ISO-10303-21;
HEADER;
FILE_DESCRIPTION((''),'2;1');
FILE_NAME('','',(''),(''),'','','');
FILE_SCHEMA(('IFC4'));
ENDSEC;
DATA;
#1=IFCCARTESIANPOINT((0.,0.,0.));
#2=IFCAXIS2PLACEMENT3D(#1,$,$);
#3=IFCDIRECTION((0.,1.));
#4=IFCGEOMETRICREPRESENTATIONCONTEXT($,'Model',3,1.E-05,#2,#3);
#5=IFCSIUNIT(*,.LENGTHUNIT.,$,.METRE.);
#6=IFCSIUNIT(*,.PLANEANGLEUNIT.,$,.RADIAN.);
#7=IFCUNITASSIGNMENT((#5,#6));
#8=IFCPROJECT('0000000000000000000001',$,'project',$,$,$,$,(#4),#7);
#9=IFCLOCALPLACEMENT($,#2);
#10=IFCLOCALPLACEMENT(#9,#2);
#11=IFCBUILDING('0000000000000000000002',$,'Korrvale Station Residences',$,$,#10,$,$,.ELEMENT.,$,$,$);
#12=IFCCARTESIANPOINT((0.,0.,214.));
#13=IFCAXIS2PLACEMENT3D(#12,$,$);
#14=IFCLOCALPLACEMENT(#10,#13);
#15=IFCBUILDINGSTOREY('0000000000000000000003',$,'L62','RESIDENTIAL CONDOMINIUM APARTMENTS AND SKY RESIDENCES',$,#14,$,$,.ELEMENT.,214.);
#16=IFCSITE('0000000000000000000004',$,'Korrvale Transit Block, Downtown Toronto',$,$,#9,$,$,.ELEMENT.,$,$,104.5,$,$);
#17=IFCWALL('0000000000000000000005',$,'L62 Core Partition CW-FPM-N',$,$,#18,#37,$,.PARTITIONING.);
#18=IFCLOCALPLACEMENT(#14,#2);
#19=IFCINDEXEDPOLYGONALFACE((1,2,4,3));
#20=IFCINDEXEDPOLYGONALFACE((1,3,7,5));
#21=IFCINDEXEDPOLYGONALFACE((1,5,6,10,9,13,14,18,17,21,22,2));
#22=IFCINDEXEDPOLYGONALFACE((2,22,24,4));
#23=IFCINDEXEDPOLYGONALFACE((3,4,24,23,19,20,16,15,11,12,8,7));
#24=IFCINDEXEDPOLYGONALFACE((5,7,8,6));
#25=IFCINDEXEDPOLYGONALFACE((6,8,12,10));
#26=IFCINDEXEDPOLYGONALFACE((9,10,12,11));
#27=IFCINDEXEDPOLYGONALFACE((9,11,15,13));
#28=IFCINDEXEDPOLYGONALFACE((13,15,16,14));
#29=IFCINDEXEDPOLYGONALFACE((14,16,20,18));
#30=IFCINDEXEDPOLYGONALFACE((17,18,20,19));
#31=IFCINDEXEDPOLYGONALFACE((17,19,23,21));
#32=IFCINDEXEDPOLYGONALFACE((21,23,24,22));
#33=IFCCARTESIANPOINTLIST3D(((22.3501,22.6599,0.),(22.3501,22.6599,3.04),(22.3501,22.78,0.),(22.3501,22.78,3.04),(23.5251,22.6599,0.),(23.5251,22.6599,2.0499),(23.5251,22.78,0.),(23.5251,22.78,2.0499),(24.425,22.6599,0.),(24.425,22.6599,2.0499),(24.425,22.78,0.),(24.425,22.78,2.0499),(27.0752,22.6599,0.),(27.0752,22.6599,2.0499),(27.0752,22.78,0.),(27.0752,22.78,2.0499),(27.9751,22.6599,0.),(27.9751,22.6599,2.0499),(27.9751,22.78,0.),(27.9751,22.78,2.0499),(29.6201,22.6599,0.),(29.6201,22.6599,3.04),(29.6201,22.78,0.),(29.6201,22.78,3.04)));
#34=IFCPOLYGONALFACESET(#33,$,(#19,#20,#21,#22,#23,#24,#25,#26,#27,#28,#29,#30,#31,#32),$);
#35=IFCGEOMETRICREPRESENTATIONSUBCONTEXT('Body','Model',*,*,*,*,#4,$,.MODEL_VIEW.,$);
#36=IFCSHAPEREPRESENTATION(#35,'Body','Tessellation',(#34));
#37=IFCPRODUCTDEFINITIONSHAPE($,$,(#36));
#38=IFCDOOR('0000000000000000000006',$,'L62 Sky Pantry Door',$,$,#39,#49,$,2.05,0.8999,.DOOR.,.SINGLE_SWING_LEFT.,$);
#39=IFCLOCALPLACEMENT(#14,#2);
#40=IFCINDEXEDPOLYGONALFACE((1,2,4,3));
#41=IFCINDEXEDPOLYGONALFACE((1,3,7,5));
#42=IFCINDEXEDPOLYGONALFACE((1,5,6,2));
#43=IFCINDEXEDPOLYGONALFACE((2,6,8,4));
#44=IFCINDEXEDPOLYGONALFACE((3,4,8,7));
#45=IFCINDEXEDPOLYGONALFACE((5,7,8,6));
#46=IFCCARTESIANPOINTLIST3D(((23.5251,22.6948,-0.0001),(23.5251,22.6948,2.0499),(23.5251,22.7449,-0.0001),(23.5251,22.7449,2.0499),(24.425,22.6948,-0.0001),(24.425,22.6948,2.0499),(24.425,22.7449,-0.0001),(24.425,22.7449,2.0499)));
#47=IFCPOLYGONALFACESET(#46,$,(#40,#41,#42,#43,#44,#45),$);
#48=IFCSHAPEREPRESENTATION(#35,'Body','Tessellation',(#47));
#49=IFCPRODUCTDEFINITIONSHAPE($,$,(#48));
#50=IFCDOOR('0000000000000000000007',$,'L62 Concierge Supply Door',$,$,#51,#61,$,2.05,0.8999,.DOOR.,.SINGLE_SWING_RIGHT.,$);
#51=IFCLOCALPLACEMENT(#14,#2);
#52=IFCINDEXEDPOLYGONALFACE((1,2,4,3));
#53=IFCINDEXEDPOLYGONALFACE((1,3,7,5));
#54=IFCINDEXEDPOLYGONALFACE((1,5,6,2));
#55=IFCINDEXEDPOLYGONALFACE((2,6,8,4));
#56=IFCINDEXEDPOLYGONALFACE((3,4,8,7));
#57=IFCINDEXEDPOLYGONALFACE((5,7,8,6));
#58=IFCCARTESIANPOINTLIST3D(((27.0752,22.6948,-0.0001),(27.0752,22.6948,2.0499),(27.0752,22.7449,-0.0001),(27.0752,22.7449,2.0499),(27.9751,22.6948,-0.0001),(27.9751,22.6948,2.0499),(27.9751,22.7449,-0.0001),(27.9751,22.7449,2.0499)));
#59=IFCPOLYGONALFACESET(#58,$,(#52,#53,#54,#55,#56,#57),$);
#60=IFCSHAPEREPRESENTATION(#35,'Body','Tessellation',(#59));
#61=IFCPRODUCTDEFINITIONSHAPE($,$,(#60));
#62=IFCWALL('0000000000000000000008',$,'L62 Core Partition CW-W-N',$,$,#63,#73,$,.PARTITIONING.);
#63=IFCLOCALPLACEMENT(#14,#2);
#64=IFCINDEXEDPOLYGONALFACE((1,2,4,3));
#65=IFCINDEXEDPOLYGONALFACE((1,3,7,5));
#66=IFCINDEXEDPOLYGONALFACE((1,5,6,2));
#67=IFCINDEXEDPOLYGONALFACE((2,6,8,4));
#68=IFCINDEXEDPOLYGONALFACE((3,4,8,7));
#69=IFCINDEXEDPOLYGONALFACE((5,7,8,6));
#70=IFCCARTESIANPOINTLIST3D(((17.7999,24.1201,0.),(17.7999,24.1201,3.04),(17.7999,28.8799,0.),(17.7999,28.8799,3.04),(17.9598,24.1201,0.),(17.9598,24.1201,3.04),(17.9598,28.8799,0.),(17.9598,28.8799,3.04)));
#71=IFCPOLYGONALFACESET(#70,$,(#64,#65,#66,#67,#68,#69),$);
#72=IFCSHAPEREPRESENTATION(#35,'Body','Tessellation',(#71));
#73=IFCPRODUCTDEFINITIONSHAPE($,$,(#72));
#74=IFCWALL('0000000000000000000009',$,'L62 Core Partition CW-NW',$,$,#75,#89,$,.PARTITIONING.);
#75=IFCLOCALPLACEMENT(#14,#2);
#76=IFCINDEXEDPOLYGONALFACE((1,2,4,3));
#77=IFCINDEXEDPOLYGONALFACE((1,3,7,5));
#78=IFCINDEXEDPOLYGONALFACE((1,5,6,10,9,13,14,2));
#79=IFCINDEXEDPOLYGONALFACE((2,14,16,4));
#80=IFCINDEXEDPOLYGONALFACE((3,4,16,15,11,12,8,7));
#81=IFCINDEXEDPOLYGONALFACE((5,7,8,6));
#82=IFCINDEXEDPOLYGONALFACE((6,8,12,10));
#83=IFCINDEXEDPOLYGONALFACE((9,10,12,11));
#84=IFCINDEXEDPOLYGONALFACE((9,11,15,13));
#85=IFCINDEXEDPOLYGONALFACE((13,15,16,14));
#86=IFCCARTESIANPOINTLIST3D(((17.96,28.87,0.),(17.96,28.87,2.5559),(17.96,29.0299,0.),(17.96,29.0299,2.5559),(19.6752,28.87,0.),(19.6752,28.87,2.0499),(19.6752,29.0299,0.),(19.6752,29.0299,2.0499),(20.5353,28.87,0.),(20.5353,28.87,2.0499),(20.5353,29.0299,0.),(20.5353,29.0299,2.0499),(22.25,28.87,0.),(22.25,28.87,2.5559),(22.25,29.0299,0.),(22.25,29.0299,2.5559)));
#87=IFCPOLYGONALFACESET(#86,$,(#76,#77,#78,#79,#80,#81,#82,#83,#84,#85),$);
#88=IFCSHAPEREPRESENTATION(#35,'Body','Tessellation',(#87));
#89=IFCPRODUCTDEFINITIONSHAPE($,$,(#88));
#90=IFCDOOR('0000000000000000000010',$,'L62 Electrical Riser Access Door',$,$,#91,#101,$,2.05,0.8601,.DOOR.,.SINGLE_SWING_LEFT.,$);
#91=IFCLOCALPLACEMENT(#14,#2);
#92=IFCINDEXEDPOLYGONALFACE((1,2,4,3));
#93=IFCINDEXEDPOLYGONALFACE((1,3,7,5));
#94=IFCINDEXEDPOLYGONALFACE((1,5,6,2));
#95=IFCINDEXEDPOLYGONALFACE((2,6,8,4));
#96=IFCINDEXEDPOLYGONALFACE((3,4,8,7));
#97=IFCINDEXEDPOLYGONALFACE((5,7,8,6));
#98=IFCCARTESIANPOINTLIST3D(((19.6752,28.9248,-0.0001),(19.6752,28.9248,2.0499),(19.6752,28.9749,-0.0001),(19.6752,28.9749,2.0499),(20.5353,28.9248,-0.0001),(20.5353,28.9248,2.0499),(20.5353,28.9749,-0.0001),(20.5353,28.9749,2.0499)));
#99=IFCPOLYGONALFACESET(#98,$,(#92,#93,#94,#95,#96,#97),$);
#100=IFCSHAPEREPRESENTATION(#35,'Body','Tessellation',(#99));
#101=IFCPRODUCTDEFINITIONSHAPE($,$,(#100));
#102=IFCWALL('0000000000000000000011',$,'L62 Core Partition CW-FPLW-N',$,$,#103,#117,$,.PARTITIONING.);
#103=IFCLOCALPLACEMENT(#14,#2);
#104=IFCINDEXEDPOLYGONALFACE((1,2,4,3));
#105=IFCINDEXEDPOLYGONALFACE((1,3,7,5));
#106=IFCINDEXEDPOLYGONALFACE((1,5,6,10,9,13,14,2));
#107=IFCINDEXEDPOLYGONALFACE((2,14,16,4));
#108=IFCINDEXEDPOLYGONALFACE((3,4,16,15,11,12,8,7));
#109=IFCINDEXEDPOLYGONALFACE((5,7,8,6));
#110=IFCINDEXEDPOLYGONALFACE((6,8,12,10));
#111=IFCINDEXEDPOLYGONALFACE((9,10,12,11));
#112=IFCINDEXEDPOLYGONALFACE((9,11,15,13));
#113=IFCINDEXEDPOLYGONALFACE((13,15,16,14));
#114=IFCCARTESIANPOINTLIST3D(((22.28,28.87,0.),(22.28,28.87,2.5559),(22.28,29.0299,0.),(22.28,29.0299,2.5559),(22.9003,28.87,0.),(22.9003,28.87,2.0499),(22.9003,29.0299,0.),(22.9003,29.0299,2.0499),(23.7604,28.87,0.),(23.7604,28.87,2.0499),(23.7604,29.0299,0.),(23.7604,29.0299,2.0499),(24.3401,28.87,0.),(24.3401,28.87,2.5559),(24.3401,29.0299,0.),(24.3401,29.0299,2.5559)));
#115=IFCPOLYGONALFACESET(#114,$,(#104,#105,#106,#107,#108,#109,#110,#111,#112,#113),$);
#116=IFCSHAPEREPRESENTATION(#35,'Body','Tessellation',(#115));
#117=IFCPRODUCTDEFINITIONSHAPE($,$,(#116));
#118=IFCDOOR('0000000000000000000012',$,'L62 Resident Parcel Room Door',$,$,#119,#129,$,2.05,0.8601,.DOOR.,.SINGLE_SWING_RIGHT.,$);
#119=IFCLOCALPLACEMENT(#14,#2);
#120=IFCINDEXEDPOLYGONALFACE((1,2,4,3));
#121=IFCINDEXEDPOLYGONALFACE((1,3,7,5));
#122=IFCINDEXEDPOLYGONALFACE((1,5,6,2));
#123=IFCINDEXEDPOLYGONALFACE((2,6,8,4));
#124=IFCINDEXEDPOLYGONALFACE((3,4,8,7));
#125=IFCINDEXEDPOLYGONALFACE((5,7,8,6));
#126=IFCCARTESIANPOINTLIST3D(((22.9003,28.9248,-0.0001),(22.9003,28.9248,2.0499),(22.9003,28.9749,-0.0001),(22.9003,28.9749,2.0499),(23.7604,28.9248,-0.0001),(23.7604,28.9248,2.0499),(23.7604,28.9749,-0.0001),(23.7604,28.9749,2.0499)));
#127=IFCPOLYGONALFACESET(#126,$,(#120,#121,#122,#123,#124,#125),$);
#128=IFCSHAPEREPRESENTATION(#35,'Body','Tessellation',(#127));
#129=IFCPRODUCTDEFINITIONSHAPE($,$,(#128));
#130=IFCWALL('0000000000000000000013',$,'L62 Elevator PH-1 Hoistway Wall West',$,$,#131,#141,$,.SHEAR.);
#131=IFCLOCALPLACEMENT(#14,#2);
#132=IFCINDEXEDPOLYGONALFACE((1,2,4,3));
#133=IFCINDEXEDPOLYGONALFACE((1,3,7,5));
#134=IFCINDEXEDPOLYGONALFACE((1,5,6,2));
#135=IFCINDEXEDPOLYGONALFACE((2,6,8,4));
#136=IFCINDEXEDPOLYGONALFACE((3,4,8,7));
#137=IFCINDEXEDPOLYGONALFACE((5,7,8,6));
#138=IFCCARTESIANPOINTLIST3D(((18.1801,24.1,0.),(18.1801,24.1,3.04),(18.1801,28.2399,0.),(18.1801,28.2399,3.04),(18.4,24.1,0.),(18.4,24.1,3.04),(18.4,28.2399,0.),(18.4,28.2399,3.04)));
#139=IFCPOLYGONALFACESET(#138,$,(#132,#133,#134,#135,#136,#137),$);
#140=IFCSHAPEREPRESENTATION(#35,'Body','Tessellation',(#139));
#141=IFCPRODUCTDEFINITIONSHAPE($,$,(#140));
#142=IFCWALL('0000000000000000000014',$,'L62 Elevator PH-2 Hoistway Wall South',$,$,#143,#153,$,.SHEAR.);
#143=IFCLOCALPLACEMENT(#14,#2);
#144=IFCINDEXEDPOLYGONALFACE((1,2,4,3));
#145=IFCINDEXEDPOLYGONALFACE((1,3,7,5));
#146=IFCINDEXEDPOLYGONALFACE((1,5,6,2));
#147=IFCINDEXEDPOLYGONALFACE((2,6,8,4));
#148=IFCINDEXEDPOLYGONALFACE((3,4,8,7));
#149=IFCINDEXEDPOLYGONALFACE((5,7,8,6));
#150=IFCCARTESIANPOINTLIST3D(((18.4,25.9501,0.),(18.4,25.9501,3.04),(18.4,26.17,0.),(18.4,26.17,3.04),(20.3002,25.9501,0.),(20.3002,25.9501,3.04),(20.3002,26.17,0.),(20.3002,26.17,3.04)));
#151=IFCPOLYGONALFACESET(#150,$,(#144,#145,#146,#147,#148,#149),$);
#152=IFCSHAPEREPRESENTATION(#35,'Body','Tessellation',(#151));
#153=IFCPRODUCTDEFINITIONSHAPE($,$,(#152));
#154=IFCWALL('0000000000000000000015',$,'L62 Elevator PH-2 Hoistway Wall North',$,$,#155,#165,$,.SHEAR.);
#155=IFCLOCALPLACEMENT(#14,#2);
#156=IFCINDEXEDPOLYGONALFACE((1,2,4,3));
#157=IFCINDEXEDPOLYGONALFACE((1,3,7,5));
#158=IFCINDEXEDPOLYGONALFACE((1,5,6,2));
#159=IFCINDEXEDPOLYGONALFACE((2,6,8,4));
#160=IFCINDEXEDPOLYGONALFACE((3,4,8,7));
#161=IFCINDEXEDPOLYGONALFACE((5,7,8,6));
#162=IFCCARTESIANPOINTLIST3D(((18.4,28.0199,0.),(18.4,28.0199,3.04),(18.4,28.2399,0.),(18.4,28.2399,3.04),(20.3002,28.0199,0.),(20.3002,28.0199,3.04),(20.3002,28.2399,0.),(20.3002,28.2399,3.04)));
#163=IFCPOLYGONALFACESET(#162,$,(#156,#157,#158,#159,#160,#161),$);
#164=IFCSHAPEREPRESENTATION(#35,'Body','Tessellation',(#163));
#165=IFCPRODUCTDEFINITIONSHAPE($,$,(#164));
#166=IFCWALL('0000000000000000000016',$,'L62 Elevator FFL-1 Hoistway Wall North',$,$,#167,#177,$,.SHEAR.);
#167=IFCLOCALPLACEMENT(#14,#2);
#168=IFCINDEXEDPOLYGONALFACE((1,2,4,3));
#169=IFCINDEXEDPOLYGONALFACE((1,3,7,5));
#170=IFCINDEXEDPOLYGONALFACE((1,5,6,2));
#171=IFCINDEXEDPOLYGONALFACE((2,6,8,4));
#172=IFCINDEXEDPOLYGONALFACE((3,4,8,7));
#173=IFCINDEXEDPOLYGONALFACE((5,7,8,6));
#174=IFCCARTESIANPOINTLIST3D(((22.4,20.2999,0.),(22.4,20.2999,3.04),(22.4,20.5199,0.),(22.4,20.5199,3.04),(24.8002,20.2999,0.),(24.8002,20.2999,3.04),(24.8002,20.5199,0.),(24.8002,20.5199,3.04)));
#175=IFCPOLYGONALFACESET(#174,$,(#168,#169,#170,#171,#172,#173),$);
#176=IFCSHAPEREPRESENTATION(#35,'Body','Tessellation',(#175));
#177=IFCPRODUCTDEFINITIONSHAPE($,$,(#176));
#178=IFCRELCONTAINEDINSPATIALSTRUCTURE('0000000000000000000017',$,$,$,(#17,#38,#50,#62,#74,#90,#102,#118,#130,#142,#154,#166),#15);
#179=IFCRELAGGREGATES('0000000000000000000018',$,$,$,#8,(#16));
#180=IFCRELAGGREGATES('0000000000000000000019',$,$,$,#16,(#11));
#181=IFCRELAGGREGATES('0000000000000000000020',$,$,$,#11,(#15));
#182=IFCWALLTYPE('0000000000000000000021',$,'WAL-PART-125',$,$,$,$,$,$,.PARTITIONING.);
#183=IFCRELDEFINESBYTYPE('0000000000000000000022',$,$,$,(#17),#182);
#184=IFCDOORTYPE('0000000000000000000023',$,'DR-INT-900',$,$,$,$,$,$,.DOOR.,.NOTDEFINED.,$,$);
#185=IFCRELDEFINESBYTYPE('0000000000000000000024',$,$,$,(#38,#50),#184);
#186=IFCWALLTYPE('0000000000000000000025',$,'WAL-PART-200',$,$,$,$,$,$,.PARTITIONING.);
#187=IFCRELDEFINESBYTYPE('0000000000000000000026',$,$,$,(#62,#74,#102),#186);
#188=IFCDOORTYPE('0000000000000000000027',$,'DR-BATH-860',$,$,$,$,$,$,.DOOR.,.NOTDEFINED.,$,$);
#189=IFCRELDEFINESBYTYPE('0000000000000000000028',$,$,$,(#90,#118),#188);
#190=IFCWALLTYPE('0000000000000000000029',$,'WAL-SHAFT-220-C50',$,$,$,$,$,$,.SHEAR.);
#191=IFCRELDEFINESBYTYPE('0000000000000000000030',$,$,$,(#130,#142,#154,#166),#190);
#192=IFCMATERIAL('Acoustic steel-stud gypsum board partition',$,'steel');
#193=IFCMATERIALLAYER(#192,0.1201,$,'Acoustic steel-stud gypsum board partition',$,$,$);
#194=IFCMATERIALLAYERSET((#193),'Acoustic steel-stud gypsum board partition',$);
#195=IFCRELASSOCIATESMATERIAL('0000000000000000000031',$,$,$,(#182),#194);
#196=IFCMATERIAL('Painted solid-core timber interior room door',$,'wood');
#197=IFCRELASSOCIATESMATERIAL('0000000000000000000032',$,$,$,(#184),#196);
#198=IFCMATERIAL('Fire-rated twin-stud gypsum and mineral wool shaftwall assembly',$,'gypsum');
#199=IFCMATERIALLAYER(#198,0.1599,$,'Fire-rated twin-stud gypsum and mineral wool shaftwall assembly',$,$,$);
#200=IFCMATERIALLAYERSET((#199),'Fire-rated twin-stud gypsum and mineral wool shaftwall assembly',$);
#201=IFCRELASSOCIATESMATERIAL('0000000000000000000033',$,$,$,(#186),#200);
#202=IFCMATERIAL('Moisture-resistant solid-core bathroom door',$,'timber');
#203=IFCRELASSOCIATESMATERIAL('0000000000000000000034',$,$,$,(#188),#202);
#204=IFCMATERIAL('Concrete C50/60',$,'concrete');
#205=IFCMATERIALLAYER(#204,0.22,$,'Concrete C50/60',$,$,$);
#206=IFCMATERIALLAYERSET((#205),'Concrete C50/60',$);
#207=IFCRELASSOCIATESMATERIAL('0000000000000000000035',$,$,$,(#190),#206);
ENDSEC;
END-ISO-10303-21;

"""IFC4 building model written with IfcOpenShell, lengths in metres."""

from ifc_helpers import new_model, si_unit, direction, frame, frame_2d, origin, place, context, subcontext, project, spatial, rectangle, extrude, material, layer, layer_set, type_object, element, fill, save


model = new_model("IFC4")

# Units and contexts
model_context = context("Model", 3, precision=1e-05, world=origin(), true_north=direction((0.0, 1.0)))
body_context = subcontext(model_context, "Body", "Model", "MODEL_VIEW")
ifc_project = project(units=[si_unit("LENGTHUNIT", "METRE"), si_unit("PLANEANGLEUNIT", "RADIAN")], contexts=[model_context])

# Site, building, storey
site_placement = place(None, origin())
site = spatial("IfcSite", under=ifc_project, at=site_placement, Name="Korrvale Transit Block, Downtown Toronto", CompositionType="ELEMENT", RefElevation=104.5)
building_placement = place(site_placement, origin())
building = spatial("IfcBuilding", under=site, at=building_placement, Name="Korrvale Station Residences", CompositionType="ELEMENT")
storey_placement = place(building_placement, frame((0.0, 0.0, 214.0)))
storey = spatial("IfcBuildingStorey", under=building, at=storey_placement, Name="L62", Description="RESIDENTIAL CONDOMINIUM APARTMENTS AND SKY RESIDENCES", CompositionType="ELEMENT", Elevation=214.0)

# Shared definitions
ifc_material_1 = material(Name="Concrete C50/60", Category="concrete")

# Shared definitions
ifc_material_2 = material(Name="Acoustic steel-stud gypsum board partition", Category="steel")
ifc_layer_1 = layer(ifc_material_2, 0.1201, Name="Acoustic steel-stud gypsum board partition")
ifc_layer_set_1 = layer_set([ifc_layer_1], Name="Acoustic steel-stud gypsum board partition")
wall_type_1 = type_object("IfcWallType", Name="WAL-PART-125", PredefinedType="PARTITIONING", material=ifc_layer_set_1)

# Wall, openings, doors
wall_1_placement = place(storey_placement, frame((22.3501, 22.72, 0.0), z_axis=(0.0, 0.0, 1.0), x_axis=(1.0, 0.0, 0.0)))
wall_1 = element("IfcWall", 1, at=wall_1_placement, inside=storey, type_object=wall_type_1, Name="L62 Core Partition CW-FPM-N", PredefinedType="PARTITIONING", context=body_context, shape_type="SweptSolid", body=[
    extrude(rectangle(XDim=7.27, YDim=0.1201, at=frame_2d((3.635, 0.0))), origin(), (0.0, 0.0, 1.0), 3.04),
])
opening_1_placement = place(wall_1_placement, frame((1.175, 0.0, 0.0)))
opening_1 = element("IfcOpeningElement", 2, at=opening_1_placement, cuts=wall_1, PredefinedType="OPENING", context=body_context, shape_type="SweptSolid", body=[
    extrude(rectangle(XDim=0.8999, YDim=2.05, at=frame_2d((0.45, 1.0249))), frame((0.0, 0.0701, 0.0), z_axis=(0.0, -1.0, 0.0), x_axis=(1.0, 0.0, 0.0)), (0.0, 0.0, 1.0), 0.1401),
])
opening_2_placement = place(wall_1_placement, frame((4.7251, 0.0, 0.0)))
opening_2 = element("IfcOpeningElement", 3, at=opening_2_placement, cuts=wall_1, PredefinedType="OPENING", context=body_context, shape_type="SweptSolid", body=[
    extrude(rectangle(XDim=0.8999, YDim=2.05, at=frame_2d((0.45, 1.0249))), frame((0.0, 0.0701, 0.0), z_axis=(0.0, -1.0, 0.0), x_axis=(1.0, 0.0, 0.0)), (0.0, 0.0, 1.0), 0.1401),
])
ifc_material_3 = material(Name="Painted solid-core timber interior room door", Category="wood")
door_type_1 = type_object("IfcDoorType", Name="DR-INT-900", OperationType="NOTDEFINED", PredefinedType="DOOR", material=ifc_material_3)
door_1_placement = place(opening_1_placement, origin())
door_1 = element("IfcDoor", 4, at=door_1_placement, inside=storey, type_object=door_type_1, Name="L62 Sky Pantry Door", OperationType="SINGLE_SWING_LEFT", OverallHeight=2.05, OverallWidth=0.8999, PredefinedType="DOOR", context=body_context, shape_type="SweptSolid", body=[
    extrude(rectangle(XDim=0.8999, YDim=2.05, at=frame_2d((0.45, 1.0249))), frame((0.0, 0.0249, 0.0), z_axis=(0.0, -1.0, 0.0), x_axis=(1.0, 0.0, 0.0)), (0.0, 0.0, 1.0), 0.05),
])
fill(opening_1, door_1)
door_2_placement = place(opening_2_placement, origin())
door_2 = element("IfcDoor", 5, at=door_2_placement, inside=storey, type_object=door_type_1, Name="L62 Concierge Supply Door", OperationType="SINGLE_SWING_RIGHT", OverallHeight=2.05, OverallWidth=0.8999, PredefinedType="DOOR", context=body_context, shape_type="SweptSolid", body=[
    extrude(rectangle(XDim=0.8999, YDim=2.05, at=frame_2d((0.45, 1.0249))), frame((0.0, 0.0249, 0.0), z_axis=(0.0, -1.0, 0.0), x_axis=(1.0, 0.0, 0.0)), (0.0, 0.0, 1.0), 0.05),
])
fill(opening_2, door_2)

# Wall
ifc_material_4 = material(Name="Fire-rated twin-stud gypsum and mineral wool shaftwall assembly", Category="gypsum")
ifc_layer_2 = layer(ifc_material_4, 0.1599, Name="Fire-rated twin-stud gypsum and mineral wool shaftwall assembly")
ifc_layer_set_2 = layer_set([ifc_layer_2], Name="Fire-rated twin-stud gypsum and mineral wool shaftwall assembly")
wall_type_2 = type_object("IfcWallType", Name="WAL-PART-200", PredefinedType="PARTITIONING", material=ifc_layer_set_2)
wall_2_placement = place(storey_placement, frame((17.8799, 24.1201, 0.0), z_axis=(0.0, 0.0, 1.0), x_axis=(0.0, 1.0, 0.0)))
element("IfcWall", 6, at=wall_2_placement, inside=storey, type_object=wall_type_2, Name="L62 Core Partition CW-W-N", PredefinedType="PARTITIONING", context=body_context, shape_type="SweptSolid", body=[
    extrude(rectangle(XDim=4.7598, YDim=0.1599, at=frame_2d((2.3799, 0.0))), origin(), (0.0, 0.0, 1.0), 3.04),
])

# Walls, openings, doors
wall_3_placement = place(storey_placement, frame((17.96, 28.95, 0.0), z_axis=(0.0, 0.0, 1.0), x_axis=(1.0, 0.0, 0.0)))
wall_3 = element("IfcWall", 7, at=wall_3_placement, inside=storey, type_object=wall_type_2, Name="L62 Core Partition CW-NW", PredefinedType="PARTITIONING", context=body_context, shape_type="SweptSolid", body=[
    extrude(rectangle(XDim=4.29, YDim=0.1599, at=frame_2d((2.145, 0.0))), origin(), (0.0, 0.0, 1.0), 2.5559),
])
opening_3_placement = place(wall_3_placement, frame((1.7151, 0.0, 0.0)))
opening_3 = element("IfcOpeningElement", 8, at=opening_3_placement, cuts=wall_3, PredefinedType="OPENING", context=body_context, shape_type="SweptSolid", body=[
    extrude(rectangle(XDim=0.8601, YDim=2.05, at=frame_2d((0.4302, 1.0249))), frame((0.0, 0.0898, 0.0), z_axis=(0.0, -1.0, 0.0), x_axis=(1.0, 0.0, 0.0)), (0.0, 0.0, 1.0), 0.1799),
])
ifc_material_5 = material(Name="Moisture-resistant solid-core bathroom door", Category="timber")
door_type_2 = type_object("IfcDoorType", Name="DR-BATH-860", OperationType="NOTDEFINED", PredefinedType="DOOR", material=ifc_material_5)
door_3_placement = place(opening_3_placement, origin())
door_3 = element("IfcDoor", 9, at=door_3_placement, inside=storey, type_object=door_type_2, Name="L62 Electrical Riser Access Door", OperationType="SINGLE_SWING_LEFT", OverallHeight=2.05, OverallWidth=0.8601, PredefinedType="DOOR", context=body_context, shape_type="SweptSolid", body=[
    extrude(rectangle(XDim=0.8601, YDim=2.05, at=frame_2d((0.4302, 1.0249))), frame((0.0, 0.0249, 0.0), z_axis=(0.0, -1.0, 0.0), x_axis=(1.0, 0.0, 0.0)), (0.0, 0.0, 1.0), 0.05),
])
fill(opening_3, door_3)
wall_4_placement = place(storey_placement, frame((22.28, 28.95, 0.0), z_axis=(0.0, 0.0, 1.0), x_axis=(1.0, 0.0, 0.0)))
wall_4 = element("IfcWall", 10, at=wall_4_placement, inside=storey, type_object=wall_type_2, Name="L62 Core Partition CW-FPLW-N", PredefinedType="PARTITIONING", context=body_context, shape_type="SweptSolid", body=[
    extrude(rectangle(XDim=2.0601, YDim=0.1599, at=frame_2d((1.03, 0.0))), origin(), (0.0, 0.0, 1.0), 2.5559),
])
opening_4_placement = place(wall_4_placement, frame((0.6201, 0.0, 0.0)))
opening_4 = element("IfcOpeningElement", 11, at=opening_4_placement, cuts=wall_4, PredefinedType="OPENING", context=body_context, shape_type="SweptSolid", body=[
    extrude(rectangle(XDim=0.8601, YDim=2.05, at=frame_2d((0.4302, 1.0249))), frame((0.0, 0.0898, 0.0), z_axis=(0.0, -1.0, 0.0), x_axis=(1.0, 0.0, 0.0)), (0.0, 0.0, 1.0), 0.1799),
])
door_4_placement = place(opening_4_placement, origin())
door_4 = element("IfcDoor", 12, at=door_4_placement, inside=storey, type_object=door_type_2, Name="L62 Resident Parcel Room Door", OperationType="SINGLE_SWING_RIGHT", OverallHeight=2.05, OverallWidth=0.8601, PredefinedType="DOOR", context=body_context, shape_type="SweptSolid", body=[
    extrude(rectangle(XDim=0.8601, YDim=2.05, at=frame_2d((0.4302, 1.0249))), frame((0.0, 0.0249, 0.0), z_axis=(0.0, -1.0, 0.0), x_axis=(1.0, 0.0, 0.0)), (0.0, 0.0, 1.0), 0.05),
])
fill(opening_4, door_4)

# Wall
ifc_layer_3 = layer(ifc_material_1, 0.22, Name="Concrete C50/60")
ifc_layer_set_3 = layer_set([ifc_layer_3], Name="Concrete C50/60")
wall_type_3 = type_object("IfcWallType", Name="WAL-SHAFT-220-C50", PredefinedType="SHEAR", material=ifc_layer_set_3)
wall_5_placement = place(storey_placement, frame((18.29, 24.1001, 0.0), z_axis=(0.0, 0.0, 1.0), x_axis=(0.0, 1.0, 0.0)))
element("IfcWall", 13, at=wall_5_placement, inside=storey, type_object=wall_type_3, Name="L62 Elevator PH-1 Hoistway Wall West", PredefinedType="SHEAR", context=body_context, shape_type="SweptSolid", body=[
    extrude(rectangle(XDim=4.1399, YDim=0.22, at=frame_2d((2.0698, 0.0))), origin(), (0.0, 0.0, 1.0), 3.04),
])

# Walls
for number, where, z_axis, x_axis, name in (
    (14, (18.3999, 26.0601, 0.0), (0.0, 0.0, 1.0), (1.0, 0.0, 0.0), "L62 Elevator PH-2 Hoistway Wall South"),
    (15, (18.3999, 28.1299, 0.0), (0.0, 0.0, 1.0), (1.0, 0.0, 0.0), "L62 Elevator PH-2 Hoistway Wall North"),
):
    element("IfcWall", number, at=place(storey_placement, frame(where, z_axis=z_axis, x_axis=x_axis)), inside=storey, type_object=wall_type_3, Name=name, PredefinedType="SHEAR", context=body_context, shape_type="SweptSolid", body=[
        extrude(rectangle(XDim=1.9001, YDim=0.22, at=frame_2d((0.9502, 0.0))), origin(), (0.0, 0.0, 1.0), 3.04),
    ])

# Wall
wall_6_placement = place(storey_placement, frame((22.3999, 20.4099, 0.0), z_axis=(0.0, 0.0, 1.0), x_axis=(1.0, 0.0, 0.0)))
element("IfcWall", 16, at=wall_6_placement, inside=storey, type_object=wall_type_3, Name="L62 Elevator FFL-1 Hoistway Wall North", PredefinedType="SHEAR", context=body_context, shape_type="SweptSolid", body=[
    extrude(rectangle(XDim=2.4001, YDim=0.22, at=frame_2d((1.2002, 0.0))), origin(), (0.0, 0.0, 1.0), 3.04),
])

save(model, "model.ifc")
